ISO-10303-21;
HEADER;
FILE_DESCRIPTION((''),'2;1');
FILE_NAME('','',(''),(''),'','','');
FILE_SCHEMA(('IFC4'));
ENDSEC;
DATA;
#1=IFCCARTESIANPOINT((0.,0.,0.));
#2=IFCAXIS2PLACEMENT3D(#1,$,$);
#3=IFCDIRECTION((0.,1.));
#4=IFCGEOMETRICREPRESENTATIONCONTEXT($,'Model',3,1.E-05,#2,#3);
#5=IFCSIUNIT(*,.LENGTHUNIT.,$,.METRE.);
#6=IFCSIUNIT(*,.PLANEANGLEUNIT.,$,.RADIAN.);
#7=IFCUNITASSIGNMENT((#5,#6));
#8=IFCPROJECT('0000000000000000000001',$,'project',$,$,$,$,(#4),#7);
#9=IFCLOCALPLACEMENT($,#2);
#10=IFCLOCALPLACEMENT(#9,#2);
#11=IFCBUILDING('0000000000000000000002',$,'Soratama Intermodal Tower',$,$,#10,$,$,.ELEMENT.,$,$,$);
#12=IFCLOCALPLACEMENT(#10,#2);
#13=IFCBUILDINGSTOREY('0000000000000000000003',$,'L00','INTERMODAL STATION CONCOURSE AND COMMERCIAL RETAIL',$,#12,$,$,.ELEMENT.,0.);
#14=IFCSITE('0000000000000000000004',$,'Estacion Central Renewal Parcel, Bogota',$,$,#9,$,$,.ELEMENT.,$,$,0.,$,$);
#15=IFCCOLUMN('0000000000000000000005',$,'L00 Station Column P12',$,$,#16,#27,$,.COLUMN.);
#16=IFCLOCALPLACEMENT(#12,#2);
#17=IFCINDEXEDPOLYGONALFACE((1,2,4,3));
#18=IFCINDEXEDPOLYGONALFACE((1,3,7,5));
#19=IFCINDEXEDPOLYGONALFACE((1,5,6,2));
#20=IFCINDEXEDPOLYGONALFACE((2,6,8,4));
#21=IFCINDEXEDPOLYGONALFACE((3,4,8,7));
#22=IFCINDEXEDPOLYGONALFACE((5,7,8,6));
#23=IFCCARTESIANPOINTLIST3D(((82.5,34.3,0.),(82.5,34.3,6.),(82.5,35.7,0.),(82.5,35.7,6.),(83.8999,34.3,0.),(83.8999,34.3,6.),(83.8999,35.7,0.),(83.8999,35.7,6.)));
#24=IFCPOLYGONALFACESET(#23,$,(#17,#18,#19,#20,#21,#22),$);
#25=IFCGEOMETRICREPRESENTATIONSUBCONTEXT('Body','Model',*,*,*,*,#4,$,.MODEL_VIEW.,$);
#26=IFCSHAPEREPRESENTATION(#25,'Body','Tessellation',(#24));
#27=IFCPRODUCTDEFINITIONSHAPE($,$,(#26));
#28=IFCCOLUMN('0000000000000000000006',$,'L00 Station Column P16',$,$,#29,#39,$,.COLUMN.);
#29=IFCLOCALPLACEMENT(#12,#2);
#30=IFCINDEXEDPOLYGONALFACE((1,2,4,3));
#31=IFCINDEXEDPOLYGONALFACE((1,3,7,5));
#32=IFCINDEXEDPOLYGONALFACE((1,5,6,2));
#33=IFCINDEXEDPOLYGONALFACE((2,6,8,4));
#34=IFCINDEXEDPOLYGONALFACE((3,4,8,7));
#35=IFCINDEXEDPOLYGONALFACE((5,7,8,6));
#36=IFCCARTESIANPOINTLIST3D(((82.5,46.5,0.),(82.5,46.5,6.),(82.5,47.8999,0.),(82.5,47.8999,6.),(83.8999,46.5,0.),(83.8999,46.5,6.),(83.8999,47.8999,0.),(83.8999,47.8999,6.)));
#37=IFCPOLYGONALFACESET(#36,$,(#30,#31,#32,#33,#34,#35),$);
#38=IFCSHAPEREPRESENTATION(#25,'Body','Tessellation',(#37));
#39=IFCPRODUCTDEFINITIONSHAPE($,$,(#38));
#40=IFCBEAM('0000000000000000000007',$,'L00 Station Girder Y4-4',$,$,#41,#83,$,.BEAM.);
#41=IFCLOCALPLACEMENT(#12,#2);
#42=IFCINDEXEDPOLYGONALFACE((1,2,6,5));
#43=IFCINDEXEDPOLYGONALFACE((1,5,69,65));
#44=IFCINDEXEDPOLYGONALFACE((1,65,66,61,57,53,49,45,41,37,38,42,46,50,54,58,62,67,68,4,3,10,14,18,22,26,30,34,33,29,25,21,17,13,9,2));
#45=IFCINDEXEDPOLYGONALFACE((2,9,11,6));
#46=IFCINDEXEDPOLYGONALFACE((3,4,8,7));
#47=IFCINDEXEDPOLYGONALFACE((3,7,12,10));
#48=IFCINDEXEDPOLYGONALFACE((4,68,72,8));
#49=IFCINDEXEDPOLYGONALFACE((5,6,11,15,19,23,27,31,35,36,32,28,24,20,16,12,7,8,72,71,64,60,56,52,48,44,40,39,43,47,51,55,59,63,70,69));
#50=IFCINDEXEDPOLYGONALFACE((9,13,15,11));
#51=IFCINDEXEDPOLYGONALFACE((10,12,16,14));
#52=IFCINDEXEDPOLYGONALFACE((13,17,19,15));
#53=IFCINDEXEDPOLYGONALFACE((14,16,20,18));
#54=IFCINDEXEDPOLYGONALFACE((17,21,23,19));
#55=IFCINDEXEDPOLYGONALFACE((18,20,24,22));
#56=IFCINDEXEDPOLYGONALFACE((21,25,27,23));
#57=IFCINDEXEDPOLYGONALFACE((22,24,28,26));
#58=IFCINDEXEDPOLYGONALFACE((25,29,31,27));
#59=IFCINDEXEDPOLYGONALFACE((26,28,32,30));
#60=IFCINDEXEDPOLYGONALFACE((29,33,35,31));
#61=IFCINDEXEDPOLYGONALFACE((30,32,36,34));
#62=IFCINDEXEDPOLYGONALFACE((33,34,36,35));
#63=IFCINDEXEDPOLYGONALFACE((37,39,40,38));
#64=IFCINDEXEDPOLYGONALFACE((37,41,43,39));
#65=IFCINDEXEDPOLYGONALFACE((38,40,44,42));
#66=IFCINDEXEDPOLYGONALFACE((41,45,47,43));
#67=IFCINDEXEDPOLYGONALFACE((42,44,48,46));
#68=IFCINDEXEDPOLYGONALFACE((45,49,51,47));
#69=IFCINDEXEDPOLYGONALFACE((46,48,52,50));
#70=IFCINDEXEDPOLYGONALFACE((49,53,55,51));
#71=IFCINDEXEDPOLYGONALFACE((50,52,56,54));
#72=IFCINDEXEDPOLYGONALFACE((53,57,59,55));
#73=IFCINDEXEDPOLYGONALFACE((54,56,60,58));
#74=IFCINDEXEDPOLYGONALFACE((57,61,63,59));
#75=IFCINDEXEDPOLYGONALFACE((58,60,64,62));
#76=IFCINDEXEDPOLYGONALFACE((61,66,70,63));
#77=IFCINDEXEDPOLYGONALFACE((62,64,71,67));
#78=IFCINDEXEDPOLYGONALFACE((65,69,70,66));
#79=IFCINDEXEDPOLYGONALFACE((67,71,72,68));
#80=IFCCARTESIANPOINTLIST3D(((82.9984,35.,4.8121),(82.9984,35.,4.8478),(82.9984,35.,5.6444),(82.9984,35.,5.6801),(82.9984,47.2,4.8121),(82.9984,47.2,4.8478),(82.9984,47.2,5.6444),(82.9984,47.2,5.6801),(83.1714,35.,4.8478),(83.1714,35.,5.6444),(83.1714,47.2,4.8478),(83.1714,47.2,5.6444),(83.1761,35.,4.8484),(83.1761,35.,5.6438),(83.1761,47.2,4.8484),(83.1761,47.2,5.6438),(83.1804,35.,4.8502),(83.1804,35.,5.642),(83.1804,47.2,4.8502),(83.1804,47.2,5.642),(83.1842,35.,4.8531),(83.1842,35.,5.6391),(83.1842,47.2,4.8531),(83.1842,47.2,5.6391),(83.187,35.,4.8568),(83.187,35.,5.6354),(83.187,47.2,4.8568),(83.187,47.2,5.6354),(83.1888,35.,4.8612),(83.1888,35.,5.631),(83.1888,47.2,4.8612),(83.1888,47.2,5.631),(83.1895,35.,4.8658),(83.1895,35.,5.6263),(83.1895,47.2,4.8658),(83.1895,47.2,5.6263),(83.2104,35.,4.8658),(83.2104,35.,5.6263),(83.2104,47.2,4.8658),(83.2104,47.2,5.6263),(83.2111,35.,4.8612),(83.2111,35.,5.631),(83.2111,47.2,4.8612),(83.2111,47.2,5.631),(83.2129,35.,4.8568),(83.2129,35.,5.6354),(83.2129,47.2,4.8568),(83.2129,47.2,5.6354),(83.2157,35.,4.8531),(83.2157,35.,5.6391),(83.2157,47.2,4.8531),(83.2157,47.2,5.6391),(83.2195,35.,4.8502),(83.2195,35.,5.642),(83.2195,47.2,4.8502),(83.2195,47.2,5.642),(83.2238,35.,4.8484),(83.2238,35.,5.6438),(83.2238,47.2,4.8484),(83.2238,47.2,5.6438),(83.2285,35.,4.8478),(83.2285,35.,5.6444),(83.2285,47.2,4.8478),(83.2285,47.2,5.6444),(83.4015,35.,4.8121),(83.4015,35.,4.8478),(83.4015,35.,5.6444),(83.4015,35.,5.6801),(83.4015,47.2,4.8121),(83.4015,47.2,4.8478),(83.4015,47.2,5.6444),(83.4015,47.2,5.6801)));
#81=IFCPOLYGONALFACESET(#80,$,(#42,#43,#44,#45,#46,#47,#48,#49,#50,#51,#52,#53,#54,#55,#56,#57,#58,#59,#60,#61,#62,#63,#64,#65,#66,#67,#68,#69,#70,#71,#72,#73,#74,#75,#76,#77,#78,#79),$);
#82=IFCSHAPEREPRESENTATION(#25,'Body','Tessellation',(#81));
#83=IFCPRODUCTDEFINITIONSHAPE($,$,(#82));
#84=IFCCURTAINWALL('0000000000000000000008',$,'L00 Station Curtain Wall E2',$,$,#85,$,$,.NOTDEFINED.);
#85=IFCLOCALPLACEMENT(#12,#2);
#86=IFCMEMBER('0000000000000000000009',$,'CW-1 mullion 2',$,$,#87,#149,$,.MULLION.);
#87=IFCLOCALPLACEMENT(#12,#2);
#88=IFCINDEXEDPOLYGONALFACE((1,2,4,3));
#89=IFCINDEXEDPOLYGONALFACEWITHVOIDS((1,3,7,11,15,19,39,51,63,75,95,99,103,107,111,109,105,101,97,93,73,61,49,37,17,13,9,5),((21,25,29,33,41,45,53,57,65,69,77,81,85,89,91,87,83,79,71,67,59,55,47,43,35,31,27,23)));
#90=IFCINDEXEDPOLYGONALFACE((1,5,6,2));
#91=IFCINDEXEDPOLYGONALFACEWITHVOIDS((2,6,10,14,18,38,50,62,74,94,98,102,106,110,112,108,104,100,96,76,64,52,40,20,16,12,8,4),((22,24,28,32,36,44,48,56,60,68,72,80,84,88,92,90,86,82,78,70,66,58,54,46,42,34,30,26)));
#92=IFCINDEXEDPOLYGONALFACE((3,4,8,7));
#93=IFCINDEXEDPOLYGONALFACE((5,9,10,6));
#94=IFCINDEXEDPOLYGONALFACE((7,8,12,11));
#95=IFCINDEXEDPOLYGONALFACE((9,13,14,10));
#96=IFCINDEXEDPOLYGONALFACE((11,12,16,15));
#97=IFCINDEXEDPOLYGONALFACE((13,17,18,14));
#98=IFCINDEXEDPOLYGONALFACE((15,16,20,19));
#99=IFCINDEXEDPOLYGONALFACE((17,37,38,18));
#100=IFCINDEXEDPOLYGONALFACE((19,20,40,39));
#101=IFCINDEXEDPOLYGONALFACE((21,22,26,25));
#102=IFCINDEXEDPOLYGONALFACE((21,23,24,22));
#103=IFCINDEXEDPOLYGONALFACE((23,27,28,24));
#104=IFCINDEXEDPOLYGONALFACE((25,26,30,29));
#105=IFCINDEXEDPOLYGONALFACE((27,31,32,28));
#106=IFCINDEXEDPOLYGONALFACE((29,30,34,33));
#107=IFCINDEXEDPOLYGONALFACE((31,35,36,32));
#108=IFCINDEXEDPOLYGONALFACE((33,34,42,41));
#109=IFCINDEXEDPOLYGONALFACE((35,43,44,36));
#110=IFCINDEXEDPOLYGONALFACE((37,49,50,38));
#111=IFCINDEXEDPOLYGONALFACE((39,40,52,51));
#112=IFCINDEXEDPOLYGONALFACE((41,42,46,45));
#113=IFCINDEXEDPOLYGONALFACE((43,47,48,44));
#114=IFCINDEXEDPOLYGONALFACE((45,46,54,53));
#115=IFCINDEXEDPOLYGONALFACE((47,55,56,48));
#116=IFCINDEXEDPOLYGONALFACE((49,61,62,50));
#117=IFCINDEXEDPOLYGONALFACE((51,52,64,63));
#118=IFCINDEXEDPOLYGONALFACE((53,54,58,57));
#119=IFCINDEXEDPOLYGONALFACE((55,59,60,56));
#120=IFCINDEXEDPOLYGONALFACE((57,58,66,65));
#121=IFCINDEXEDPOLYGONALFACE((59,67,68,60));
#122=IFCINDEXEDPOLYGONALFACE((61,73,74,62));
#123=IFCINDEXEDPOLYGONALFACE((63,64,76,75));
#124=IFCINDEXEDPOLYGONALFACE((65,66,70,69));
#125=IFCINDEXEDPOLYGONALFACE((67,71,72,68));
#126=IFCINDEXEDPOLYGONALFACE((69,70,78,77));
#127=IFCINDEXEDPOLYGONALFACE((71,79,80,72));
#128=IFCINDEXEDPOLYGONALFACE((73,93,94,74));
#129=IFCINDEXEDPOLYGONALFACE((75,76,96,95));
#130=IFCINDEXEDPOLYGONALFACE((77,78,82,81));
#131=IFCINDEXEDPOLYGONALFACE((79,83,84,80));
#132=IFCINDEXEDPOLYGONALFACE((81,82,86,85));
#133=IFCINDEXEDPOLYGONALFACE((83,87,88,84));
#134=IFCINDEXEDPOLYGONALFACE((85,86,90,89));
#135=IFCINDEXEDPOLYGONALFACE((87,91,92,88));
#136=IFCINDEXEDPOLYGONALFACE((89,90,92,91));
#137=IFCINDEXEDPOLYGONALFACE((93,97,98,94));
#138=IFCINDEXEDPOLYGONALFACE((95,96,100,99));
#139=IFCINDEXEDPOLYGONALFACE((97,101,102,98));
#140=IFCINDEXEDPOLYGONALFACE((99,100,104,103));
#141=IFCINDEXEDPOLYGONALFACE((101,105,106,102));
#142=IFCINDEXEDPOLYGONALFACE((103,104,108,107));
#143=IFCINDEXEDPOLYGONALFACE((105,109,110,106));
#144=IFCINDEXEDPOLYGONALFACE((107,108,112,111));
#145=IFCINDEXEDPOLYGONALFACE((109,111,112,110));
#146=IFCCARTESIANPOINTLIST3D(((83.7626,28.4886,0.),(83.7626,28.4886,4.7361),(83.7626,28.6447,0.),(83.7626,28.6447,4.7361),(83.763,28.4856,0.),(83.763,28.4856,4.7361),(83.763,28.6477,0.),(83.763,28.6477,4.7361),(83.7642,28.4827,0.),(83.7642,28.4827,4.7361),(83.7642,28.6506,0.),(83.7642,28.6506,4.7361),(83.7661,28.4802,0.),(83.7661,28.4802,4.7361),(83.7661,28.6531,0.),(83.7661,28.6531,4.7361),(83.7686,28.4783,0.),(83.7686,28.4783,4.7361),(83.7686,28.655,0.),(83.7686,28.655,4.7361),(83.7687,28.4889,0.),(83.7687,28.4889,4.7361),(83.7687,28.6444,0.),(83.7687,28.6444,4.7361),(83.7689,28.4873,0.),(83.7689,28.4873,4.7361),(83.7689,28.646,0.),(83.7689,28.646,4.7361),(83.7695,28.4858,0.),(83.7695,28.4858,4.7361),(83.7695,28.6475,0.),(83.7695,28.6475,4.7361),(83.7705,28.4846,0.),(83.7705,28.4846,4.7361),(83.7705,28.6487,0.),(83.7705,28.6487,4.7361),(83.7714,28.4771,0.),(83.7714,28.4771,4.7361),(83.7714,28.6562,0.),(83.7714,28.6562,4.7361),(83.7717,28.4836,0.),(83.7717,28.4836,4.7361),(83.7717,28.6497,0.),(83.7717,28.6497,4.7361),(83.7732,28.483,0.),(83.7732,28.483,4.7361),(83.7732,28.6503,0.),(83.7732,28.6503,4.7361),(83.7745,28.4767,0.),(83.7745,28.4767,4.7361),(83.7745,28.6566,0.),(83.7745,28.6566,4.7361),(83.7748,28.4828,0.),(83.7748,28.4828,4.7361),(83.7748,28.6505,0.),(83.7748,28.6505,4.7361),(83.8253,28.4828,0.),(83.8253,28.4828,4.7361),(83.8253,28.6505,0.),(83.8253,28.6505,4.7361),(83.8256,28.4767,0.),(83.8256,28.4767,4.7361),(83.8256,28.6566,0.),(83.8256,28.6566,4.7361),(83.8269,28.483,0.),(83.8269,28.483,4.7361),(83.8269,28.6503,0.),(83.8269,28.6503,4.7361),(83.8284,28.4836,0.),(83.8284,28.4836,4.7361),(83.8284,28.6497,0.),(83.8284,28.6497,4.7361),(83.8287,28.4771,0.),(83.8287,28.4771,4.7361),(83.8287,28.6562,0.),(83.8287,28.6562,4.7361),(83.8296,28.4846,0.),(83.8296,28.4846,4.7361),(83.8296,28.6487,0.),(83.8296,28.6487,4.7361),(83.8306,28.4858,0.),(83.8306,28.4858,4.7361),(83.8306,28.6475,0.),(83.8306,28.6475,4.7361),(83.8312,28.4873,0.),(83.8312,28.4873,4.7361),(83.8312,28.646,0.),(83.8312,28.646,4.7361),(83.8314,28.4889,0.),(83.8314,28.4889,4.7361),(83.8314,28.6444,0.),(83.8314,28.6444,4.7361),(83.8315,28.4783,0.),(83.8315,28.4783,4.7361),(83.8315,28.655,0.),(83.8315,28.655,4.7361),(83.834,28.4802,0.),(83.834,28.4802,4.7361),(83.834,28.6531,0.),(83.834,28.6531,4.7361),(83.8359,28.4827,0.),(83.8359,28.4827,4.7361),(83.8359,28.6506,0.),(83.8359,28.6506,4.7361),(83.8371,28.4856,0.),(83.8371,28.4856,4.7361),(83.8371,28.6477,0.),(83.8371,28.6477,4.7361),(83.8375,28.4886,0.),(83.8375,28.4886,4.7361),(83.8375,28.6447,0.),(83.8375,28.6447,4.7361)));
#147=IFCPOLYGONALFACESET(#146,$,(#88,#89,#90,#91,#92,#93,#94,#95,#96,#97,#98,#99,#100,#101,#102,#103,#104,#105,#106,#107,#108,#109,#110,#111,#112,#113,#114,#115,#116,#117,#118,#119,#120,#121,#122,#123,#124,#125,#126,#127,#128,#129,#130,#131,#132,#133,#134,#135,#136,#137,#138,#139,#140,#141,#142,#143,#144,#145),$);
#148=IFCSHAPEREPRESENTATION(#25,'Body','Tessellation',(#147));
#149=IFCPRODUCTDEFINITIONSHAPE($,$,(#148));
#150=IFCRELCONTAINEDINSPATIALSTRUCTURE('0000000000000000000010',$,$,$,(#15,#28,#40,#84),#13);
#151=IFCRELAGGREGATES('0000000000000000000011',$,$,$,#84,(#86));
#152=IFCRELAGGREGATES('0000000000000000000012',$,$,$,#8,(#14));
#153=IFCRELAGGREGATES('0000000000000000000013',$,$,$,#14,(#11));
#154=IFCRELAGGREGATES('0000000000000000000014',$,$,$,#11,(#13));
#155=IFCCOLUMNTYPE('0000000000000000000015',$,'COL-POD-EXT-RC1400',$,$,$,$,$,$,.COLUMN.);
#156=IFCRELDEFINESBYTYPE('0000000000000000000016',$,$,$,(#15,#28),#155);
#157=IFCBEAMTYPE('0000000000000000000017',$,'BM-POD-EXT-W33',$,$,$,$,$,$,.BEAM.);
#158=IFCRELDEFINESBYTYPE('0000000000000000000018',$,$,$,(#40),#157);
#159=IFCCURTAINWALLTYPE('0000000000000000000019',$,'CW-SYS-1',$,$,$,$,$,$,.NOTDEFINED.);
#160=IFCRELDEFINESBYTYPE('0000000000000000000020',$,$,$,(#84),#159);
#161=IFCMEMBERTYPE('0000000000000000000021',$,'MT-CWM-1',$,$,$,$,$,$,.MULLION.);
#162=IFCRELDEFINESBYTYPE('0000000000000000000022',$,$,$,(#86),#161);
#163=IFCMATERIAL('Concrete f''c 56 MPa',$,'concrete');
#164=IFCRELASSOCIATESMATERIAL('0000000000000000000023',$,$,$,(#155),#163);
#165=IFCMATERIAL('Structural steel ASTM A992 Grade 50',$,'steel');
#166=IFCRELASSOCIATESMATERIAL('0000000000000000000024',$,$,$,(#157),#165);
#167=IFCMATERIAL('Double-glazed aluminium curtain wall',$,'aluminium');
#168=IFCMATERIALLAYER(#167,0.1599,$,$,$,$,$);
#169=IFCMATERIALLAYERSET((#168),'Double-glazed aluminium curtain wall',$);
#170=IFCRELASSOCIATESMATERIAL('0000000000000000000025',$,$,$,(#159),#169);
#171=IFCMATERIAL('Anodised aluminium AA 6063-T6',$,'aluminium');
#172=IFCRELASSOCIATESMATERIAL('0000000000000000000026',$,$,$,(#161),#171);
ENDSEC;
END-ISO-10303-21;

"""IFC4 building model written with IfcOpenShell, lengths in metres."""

from ifc_helpers import new_model, si_unit, direction, frame, origin, origin_2d, place, context, subcontext, project, spatial, rectangle, hollow_rectangle, i_section, extrude, material, layer, layer_set, material_profile, profile_set, type_object, element, aggregate, save


model = new_model("IFC4")

# Units and contexts
model_context = context("Model", 3, precision=1e-05, world=origin(), true_north=direction((0.0, 1.0)))
body_context = subcontext(model_context, "Body", "Model", "MODEL_VIEW")
ifc_project = project(units=[si_unit("LENGTHUNIT", "METRE"), si_unit("PLANEANGLEUNIT", "RADIAN")], contexts=[model_context])

# Site, building, storey
site_placement = place(None, origin())
site = spatial("IfcSite", under=ifc_project, at=site_placement, Name="Estacion Central Renewal Parcel, Bogota", CompositionType="ELEMENT", RefElevation=0.0)
building_placement = place(site_placement, origin())
building = spatial("IfcBuilding", under=site, at=building_placement, Name="Soratama Intermodal Tower", CompositionType="ELEMENT")
storey_placement = place(building_placement, origin())
storey = spatial("IfcBuildingStorey", under=building, at=storey_placement, Name="L00", Description="INTERMODAL STATION CONCOURSE AND COMMERCIAL RETAIL", CompositionType="ELEMENT", Elevation=0.0)

# Columns
ifc_material_1 = material(Name="Concrete f'c 56 MPa", Category="concrete")
ifc_material_profile_1 = material_profile(ifc_material_1, rectangle(XDim=1.3999, YDim=1.3999, at=origin_2d()), Name="RC1400X1400")
ifc_profile_set_1 = profile_set([ifc_material_profile_1], Name="Concrete f'c 56 MPa")
column_type = type_object("IfcColumnType", Name="COL-POD-EXT-RC1400", PredefinedType="COLUMN", material=ifc_profile_set_1)
for number, where, z_axis, x_axis, name in (
    (1, (83.2, 35.0, 0.0), (0.0, 0.0, 1.0), (1.0, 0.0, 0.0), "L00 Station Column P12"),
    (2, (83.2, 47.2, 0.0), (0.0, 0.0, 1.0), (1.0, 0.0, 0.0), "L00 Station Column P16"),
):
    element("IfcColumn", number, at=place(storey_placement, frame(where, z_axis=z_axis, x_axis=x_axis)), inside=storey, type_object=column_type, Name=name, PredefinedType="COLUMN", context=body_context, shape_type="SweptSolid", body=[
        extrude(rectangle(XDim=1.3999, YDim=1.3999, at=origin_2d()), origin(), (0.0, 0.0, 1.0), 6.0),
    ])

# Beam
ifc_material_2 = material(Name="Structural steel ASTM A992 Grade 50", Category="steel")
ifc_material_profile_2 = material_profile(ifc_material_2, i_section(OverallWidth=0.4031, OverallDepth=0.8679, WebThickness=0.021, FlangeThickness=0.0356, FilletRadius=0.0181, at=origin_2d()), Name="W33X241")
ifc_profile_set_2 = profile_set([ifc_material_profile_2], Name="Structural steel ASTM A992 Grade 50")
beam_type = type_object("IfcBeamType", Name="BM-POD-EXT-W33", PredefinedType="BEAM", material=ifc_profile_set_2)
beam_placement = place(storey_placement, frame((83.2, 35.0, 5.2461), z_axis=(0.0, 1.0, 0.0), x_axis=(-1.0, 0.0, 0.0)))
element("IfcBeam", 3, at=beam_placement, inside=storey, type_object=beam_type, Name="L00 Station Girder Y4-4", PredefinedType="BEAM", context=body_context, shape_type="SweptSolid", body=[
    extrude(i_section(OverallWidth=0.4031, OverallDepth=0.8679, WebThickness=0.021, FlangeThickness=0.0356, FilletRadius=0.0181, at=origin_2d()), origin(), (0.0, 0.0, 1.0), 12.2),
])

# Curtain wall, member
ifc_material_3 = material(Name="Double-glazed aluminium curtain wall", Category="aluminium")
ifc_layer_1 = layer(ifc_material_3, 0.1599)
ifc_layer_set_1 = layer_set([ifc_layer_1], Name="Double-glazed aluminium curtain wall")
curtain_wall_type = type_object("IfcCurtainWallType", Name="CW-SYS-1", PredefinedType="NOTDEFINED", material=ifc_layer_set_1)
curtain_wall_placement = place(storey_placement, origin())
curtain_wall = element("IfcCurtainWall", 4, at=curtain_wall_placement, inside=storey, type_object=curtain_wall_type, Name="L00 Station Curtain Wall E2", PredefinedType="NOTDEFINED")
ifc_material_4 = material(Name="Anodised aluminium AA 6063-T6", Category="aluminium")
ifc_material_profile_3 = material_profile(ifc_material_4, hollow_rectangle(XDim=0.075, YDim=0.1799, WallThickness=0.0061, InnerFilletRadius=0.0061, OuterFilletRadius=0.012, at=origin_2d()), Name="CWM180X75X6")
ifc_profile_set_3 = profile_set([ifc_material_profile_3], Name="Anodised aluminium AA 6063-T6")
member_type_1 = type_object("IfcMemberType", Name="MT-CWM-1", PredefinedType="MULLION", material=ifc_profile_set_3)
member_1_placement = place(storey_placement, frame((83.8, 28.5667, 0.0), z_axis=(0.0, 0.0, 1.0), x_axis=(-1.0, 0.0, 0.0)))
member_1 = element("IfcMember", 5, at=member_1_placement, type_object=member_type_1, Name="CW-1 mullion 2", PredefinedType="MULLION", context=body_context, shape_type="SweptSolid", body=[
    extrude(hollow_rectangle(XDim=0.075, YDim=0.1799, WallThickness=0.0061, InnerFilletRadius=0.0061, OuterFilletRadius=0.012, at=origin_2d()), origin(), (0.0, 0.0, 1.0), 4.7361),
])
aggregate(curtain_wall, [member_1])

save(model, "model.ifc")
